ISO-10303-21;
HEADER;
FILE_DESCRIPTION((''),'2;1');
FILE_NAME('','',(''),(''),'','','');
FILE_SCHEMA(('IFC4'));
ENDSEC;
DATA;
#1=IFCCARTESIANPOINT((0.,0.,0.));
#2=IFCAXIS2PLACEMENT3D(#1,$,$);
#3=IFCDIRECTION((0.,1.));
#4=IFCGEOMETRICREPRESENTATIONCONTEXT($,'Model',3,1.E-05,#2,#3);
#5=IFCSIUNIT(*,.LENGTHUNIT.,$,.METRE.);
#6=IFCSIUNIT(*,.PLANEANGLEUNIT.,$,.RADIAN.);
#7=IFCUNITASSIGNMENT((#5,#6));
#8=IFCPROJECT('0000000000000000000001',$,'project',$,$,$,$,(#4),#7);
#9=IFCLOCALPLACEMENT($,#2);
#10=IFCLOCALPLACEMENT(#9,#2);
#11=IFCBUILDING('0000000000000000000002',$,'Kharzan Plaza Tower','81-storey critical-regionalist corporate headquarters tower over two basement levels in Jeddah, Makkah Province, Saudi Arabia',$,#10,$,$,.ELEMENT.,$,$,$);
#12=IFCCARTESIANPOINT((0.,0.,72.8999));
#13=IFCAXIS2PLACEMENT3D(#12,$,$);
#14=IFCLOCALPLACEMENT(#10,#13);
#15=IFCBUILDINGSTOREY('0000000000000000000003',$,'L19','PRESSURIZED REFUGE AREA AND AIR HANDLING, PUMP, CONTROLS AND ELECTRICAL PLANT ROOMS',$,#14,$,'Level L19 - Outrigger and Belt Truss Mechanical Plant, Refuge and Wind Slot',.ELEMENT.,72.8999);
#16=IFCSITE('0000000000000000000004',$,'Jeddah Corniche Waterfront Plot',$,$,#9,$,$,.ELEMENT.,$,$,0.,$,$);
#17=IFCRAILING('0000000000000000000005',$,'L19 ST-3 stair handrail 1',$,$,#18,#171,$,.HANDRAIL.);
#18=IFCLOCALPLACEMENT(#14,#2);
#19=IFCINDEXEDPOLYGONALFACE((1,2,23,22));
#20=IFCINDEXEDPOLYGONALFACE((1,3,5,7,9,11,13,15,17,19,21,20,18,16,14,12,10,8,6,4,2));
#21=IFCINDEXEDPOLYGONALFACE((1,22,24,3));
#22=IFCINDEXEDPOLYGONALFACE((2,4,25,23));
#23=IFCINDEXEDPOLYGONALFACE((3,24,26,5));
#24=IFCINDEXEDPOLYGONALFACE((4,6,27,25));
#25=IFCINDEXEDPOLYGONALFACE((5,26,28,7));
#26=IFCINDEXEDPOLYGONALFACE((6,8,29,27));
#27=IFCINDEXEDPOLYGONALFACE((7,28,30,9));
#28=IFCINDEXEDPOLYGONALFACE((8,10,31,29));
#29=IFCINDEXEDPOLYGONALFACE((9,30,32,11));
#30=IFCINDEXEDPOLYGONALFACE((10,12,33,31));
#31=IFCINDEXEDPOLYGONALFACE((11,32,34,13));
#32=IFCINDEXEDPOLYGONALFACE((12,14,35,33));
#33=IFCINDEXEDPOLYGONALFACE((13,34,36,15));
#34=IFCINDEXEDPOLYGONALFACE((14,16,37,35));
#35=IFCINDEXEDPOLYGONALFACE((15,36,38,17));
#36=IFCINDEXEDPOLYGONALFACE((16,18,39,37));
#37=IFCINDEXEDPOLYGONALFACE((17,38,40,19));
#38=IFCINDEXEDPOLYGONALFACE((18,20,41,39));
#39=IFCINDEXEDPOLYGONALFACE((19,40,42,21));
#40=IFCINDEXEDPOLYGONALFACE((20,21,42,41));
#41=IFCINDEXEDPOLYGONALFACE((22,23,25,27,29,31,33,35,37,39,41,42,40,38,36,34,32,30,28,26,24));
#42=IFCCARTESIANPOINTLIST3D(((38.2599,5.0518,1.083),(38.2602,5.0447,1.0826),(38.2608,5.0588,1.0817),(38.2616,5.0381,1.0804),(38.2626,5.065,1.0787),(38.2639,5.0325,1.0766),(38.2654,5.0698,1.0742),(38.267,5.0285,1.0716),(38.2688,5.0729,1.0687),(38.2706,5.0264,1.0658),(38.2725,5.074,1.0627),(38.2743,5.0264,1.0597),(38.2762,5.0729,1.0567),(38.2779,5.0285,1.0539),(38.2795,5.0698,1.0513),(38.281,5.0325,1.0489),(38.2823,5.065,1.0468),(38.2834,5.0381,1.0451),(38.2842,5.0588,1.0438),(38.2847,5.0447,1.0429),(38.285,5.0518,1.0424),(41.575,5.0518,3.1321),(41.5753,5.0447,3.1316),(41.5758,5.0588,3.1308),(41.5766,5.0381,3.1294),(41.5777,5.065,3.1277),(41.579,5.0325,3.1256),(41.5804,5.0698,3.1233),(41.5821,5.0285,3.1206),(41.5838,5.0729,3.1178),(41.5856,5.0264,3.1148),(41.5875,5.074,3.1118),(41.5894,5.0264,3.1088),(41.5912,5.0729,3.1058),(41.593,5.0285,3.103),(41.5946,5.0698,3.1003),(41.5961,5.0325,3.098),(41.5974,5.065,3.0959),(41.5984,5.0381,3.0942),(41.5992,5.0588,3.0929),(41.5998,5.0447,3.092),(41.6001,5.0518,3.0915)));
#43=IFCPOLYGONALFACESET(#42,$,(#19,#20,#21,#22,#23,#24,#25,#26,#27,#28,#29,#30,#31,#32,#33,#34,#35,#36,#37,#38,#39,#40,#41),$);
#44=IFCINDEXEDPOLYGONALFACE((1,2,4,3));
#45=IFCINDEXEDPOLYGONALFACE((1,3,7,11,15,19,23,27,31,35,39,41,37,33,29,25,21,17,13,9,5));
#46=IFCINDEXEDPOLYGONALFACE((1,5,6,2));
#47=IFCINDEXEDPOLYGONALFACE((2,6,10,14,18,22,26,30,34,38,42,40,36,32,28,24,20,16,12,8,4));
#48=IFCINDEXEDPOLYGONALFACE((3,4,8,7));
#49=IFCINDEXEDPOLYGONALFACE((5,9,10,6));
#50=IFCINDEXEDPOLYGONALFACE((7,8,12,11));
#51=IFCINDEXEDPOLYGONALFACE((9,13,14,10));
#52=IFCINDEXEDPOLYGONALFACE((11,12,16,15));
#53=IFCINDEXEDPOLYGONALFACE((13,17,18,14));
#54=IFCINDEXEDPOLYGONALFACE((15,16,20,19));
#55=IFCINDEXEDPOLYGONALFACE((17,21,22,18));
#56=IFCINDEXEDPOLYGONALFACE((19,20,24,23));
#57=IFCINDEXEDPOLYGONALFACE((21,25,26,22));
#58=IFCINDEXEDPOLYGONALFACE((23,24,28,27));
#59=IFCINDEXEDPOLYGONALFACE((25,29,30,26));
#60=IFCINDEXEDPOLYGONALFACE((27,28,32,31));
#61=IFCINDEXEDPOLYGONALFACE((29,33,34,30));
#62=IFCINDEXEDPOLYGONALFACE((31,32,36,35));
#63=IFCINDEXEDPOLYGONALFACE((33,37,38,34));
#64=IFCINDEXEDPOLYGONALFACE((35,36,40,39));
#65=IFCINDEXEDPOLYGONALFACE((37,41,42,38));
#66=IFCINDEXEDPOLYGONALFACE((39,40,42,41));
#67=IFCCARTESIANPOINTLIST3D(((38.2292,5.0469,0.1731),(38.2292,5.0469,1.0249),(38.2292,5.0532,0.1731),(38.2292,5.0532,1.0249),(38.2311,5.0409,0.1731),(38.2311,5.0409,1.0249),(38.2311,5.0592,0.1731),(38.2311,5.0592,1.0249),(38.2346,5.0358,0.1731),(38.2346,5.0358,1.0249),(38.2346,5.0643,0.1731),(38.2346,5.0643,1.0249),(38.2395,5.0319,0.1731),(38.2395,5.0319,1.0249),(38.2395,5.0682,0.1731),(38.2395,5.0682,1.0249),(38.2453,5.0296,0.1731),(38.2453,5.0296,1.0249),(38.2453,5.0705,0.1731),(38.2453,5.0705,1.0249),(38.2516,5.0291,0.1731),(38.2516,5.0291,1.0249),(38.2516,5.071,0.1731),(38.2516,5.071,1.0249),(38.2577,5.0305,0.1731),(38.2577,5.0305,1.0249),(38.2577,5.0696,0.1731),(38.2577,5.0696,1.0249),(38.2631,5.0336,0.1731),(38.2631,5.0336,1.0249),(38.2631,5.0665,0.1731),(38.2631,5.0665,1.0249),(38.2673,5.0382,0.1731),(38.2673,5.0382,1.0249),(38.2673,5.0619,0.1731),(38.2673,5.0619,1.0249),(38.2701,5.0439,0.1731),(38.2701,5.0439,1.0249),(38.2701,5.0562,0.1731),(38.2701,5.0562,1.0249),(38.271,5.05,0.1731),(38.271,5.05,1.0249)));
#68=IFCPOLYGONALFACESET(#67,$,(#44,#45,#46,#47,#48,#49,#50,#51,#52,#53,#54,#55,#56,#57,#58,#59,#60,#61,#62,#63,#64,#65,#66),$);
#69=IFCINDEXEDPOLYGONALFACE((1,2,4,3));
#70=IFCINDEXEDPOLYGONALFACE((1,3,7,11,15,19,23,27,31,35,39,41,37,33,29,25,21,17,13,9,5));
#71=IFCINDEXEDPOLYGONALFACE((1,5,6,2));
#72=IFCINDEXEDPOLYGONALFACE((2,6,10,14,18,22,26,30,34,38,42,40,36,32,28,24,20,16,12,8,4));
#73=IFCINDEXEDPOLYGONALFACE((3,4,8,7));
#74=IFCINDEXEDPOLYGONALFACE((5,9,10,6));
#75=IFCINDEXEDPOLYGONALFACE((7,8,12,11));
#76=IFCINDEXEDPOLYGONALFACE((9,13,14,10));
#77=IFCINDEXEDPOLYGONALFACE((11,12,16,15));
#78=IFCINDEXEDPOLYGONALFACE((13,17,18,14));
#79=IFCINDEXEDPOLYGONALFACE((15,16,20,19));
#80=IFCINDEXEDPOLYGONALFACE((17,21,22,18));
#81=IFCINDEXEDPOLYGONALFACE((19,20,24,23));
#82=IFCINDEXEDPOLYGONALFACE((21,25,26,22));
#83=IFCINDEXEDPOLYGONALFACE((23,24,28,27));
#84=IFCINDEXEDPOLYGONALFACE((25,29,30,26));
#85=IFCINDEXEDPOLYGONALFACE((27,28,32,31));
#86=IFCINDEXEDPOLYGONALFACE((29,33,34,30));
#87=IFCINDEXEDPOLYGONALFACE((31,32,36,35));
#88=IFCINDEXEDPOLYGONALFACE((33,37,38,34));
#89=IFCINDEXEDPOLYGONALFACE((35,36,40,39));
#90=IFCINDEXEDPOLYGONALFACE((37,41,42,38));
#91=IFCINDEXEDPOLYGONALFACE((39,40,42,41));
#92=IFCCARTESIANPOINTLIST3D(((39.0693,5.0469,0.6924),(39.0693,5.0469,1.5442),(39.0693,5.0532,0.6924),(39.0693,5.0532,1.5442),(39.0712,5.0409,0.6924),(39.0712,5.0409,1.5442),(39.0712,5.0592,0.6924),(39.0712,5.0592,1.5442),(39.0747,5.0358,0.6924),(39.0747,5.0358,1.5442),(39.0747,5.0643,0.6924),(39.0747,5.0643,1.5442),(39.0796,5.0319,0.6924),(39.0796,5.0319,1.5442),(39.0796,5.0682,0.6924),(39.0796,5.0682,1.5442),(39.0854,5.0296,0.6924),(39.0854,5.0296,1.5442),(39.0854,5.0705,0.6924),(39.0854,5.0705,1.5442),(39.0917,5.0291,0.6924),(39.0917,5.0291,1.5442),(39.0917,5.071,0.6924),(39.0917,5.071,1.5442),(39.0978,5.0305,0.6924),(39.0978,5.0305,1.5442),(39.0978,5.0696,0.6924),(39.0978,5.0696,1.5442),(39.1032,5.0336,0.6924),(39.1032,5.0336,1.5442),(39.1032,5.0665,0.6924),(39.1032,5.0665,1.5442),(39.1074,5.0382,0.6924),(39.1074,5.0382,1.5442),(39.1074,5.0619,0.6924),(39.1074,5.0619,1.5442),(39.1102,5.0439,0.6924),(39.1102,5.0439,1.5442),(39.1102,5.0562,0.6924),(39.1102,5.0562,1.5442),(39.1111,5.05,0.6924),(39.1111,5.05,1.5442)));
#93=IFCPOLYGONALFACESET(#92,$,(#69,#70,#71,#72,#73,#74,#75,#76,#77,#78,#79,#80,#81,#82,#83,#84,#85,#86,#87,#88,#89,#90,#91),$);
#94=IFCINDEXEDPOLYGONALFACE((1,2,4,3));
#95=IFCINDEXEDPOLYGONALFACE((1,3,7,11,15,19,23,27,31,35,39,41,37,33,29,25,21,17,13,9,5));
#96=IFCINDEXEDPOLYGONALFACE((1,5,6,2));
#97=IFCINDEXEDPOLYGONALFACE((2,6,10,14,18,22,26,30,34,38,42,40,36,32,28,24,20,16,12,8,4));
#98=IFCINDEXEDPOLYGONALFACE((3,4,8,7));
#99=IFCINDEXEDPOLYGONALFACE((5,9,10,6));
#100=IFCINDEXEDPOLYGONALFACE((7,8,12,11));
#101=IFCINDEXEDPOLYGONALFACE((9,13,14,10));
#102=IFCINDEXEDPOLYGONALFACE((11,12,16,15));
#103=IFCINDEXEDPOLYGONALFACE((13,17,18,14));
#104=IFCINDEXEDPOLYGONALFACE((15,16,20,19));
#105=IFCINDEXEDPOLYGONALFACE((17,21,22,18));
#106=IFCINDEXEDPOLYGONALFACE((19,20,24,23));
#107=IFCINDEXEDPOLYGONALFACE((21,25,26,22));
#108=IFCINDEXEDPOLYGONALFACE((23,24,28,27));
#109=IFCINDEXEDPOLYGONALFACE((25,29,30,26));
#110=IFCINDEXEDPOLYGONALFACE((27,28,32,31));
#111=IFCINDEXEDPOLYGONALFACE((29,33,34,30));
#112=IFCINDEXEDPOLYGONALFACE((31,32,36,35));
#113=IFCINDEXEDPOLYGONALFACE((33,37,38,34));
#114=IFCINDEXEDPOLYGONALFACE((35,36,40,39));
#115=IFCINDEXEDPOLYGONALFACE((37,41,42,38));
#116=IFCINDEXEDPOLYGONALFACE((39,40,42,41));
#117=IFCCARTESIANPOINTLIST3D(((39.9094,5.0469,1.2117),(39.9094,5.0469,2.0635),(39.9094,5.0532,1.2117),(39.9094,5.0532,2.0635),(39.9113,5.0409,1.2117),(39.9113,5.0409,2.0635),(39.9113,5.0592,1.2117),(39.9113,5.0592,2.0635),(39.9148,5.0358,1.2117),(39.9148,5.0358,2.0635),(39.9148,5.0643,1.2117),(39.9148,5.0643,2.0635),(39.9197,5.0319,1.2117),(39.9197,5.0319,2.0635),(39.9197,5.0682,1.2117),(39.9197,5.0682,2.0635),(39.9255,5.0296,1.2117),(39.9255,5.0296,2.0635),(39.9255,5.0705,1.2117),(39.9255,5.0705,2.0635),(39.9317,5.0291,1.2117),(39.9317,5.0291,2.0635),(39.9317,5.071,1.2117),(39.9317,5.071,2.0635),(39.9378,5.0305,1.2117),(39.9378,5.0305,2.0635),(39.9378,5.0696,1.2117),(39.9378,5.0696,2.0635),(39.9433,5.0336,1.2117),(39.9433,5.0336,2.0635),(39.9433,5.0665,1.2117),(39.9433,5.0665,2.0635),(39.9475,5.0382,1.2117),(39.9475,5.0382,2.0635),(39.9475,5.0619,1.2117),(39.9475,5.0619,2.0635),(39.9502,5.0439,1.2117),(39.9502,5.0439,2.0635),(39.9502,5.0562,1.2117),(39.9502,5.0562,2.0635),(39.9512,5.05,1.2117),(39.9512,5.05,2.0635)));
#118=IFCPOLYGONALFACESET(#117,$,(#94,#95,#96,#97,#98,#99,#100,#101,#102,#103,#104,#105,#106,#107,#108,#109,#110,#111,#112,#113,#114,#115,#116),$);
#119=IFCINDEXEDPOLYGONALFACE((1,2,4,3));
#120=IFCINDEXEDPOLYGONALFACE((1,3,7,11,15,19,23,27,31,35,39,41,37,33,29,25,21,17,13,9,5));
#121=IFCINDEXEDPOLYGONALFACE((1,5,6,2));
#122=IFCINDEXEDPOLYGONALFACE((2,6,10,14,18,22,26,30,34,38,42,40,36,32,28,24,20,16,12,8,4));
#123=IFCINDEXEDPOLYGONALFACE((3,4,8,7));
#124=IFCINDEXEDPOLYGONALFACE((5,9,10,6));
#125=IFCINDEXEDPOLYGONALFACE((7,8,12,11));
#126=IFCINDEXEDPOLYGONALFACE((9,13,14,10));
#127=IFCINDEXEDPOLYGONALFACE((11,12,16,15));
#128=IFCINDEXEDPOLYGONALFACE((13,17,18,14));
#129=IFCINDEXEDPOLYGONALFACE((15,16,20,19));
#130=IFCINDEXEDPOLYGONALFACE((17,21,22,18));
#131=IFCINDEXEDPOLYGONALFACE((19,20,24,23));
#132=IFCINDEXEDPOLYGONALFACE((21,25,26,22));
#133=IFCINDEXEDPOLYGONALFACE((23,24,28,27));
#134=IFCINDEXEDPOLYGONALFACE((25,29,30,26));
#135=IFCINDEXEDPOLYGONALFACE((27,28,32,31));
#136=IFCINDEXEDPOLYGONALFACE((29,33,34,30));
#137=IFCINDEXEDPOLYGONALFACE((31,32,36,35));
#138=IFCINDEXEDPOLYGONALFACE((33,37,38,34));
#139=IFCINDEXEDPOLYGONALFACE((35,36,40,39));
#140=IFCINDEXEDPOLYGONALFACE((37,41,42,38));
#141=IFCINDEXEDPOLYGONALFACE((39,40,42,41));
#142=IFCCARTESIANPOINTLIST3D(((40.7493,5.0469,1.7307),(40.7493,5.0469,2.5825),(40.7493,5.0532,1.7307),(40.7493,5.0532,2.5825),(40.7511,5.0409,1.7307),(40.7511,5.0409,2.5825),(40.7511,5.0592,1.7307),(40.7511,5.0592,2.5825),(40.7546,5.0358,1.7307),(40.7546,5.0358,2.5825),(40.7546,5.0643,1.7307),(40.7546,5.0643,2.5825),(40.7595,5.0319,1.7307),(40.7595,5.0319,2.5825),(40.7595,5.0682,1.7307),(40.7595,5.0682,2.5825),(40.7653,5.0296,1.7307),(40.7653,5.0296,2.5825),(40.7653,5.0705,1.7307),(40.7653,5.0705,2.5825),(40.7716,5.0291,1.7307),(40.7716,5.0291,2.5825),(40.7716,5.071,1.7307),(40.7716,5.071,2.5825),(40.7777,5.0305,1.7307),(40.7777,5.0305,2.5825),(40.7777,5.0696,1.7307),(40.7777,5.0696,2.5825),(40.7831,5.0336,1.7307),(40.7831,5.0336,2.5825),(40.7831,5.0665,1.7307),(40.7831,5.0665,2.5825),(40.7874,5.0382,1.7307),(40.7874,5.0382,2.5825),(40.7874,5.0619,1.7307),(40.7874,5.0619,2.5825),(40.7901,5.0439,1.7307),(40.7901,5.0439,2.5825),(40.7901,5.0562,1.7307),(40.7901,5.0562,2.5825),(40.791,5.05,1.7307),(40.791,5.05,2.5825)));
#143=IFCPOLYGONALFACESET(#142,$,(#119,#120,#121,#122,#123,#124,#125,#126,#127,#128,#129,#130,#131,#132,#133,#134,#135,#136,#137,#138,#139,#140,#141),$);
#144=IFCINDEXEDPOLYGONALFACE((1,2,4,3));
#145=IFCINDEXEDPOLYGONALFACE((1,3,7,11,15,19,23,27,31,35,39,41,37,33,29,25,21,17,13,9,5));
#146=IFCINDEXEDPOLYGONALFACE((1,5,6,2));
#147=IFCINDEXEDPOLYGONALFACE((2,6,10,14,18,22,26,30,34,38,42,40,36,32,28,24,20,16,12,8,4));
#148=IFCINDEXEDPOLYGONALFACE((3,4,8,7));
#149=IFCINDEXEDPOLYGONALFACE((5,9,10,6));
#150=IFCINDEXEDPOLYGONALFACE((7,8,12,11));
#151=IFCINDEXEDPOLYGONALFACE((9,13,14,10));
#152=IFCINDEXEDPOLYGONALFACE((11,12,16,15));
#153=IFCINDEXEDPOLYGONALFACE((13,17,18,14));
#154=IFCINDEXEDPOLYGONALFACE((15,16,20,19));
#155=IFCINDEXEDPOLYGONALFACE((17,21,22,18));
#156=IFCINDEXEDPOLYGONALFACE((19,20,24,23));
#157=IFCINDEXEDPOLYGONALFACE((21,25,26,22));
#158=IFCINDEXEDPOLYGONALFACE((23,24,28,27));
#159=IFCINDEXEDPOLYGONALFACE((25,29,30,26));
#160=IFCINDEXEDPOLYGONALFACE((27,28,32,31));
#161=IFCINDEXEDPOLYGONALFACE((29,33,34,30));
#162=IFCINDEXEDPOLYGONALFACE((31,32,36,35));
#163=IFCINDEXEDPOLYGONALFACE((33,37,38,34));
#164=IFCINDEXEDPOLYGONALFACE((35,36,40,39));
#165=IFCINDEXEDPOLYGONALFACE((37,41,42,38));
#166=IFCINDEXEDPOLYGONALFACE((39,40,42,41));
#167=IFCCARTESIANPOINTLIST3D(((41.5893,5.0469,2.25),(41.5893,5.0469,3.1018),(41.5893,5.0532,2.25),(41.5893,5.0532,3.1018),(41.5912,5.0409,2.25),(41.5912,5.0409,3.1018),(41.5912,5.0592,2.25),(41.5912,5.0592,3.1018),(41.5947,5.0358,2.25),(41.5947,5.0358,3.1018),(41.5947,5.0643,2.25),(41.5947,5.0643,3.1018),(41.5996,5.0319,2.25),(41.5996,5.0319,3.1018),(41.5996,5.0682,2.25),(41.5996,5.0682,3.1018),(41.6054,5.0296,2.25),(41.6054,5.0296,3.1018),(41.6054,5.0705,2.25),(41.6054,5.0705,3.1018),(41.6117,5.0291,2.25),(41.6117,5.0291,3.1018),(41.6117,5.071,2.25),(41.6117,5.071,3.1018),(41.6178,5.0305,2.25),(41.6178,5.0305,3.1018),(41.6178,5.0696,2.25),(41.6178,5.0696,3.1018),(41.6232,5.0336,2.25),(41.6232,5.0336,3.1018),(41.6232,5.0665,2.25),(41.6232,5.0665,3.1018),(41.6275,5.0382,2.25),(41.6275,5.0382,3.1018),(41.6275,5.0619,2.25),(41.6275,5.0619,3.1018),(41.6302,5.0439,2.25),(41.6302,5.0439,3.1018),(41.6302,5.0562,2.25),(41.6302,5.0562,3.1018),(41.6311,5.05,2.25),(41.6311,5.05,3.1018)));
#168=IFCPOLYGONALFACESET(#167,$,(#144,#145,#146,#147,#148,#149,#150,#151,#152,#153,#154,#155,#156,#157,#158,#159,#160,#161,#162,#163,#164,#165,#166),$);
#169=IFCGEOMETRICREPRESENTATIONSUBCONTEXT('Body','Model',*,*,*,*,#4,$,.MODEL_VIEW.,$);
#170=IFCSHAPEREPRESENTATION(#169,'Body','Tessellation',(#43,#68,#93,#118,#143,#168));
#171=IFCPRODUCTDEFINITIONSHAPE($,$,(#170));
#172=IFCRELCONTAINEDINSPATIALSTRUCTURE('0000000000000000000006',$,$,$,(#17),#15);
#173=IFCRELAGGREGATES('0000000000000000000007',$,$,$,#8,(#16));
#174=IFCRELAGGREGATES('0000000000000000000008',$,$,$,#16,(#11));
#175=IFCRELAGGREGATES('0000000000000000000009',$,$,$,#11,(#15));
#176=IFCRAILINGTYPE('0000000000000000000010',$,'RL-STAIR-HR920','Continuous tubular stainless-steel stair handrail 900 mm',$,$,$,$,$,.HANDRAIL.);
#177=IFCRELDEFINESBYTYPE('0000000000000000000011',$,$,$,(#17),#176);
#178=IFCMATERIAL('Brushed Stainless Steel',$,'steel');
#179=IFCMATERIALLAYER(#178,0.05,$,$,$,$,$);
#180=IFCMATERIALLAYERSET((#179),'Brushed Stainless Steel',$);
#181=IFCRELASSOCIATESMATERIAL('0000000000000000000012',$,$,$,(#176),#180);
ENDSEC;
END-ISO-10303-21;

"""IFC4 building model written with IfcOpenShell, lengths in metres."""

from ifc_helpers import new_model, si_unit, direction, frame, origin, origin_2d, place, context, subcontext, project, spatial, circle, extrude, source, transform, mapped, material, layer, layer_set, type_object, element, save


model = new_model("IFC4")

# Units and contexts
model_context = context("Model", 3, precision=1e-05, world=origin(), true_north=direction((0.0, 1.0)))
body_context = subcontext(model_context, "Body", "Model", "MODEL_VIEW")
ifc_project = project(units=[si_unit("LENGTHUNIT", "METRE"), si_unit("PLANEANGLEUNIT", "RADIAN")], contexts=[model_context])

# Site, building, storey
site_placement = place(None, origin())
site = spatial("IfcSite", under=ifc_project, at=site_placement, Name="Jeddah Corniche Waterfront Plot", CompositionType="ELEMENT", RefElevation=0.0)
building_placement = place(site_placement, origin())
building = spatial("IfcBuilding", under=site, at=building_placement, Name="Kharzan Plaza Tower", Description="81-storey critical-regionalist corporate headquarters tower over two basement levels in Jeddah, Makkah Province, Saudi Arabia", CompositionType="ELEMENT")
storey_placement = place(building_placement, frame((0.0, 0.0, 72.8999)))
storey = spatial("IfcBuildingStorey", under=building, at=storey_placement, Name="L19", Description="PRESSURIZED REFUGE AREA AND AIR HANDLING, PUMP, CONTROLS AND ELECTRICAL PLANT ROOMS", LongName="Level L19 - Outrigger and Belt Truss Mechanical Plant, Refuge and Wind Slot", CompositionType="ELEMENT", Elevation=72.8999)

# Shared definitions
ifc_material_1 = material(Name="Brushed Stainless Steel", Category="steel")

# Railing
ifc_layer_1 = layer(ifc_material_1, 0.05)
ifc_layer_set_1 = layer_set([ifc_layer_1], Name="Brushed Stainless Steel")
railing_type_1 = type_object("IfcRailingType", Name="RL-STAIR-HR920", Description="Continuous tubular stainless-steel stair handrail 900 mm", PredefinedType="HANDRAIL", material=ifc_layer_set_1)
shared_shape_1 = source(origin(), body_context, "Body", "SweptSolid", [
    extrude(circle(Radius=0.0239, at=origin_2d()), frame((0.0225, 0.0, 0.8896), z_axis=(0.850623, 0.0, 0.525776), x_axis=(0.0, 1.0, 0.0)), (0.0, 0.0, 1.0), 3.8972),
    extrude(circle(Radius=0.021, at=origin_2d()), origin(), (0.0, 0.0, 1.0), 0.8518),
    extrude(circle(Radius=0.021, at=origin_2d()), frame((0.8401, 0.0, 0.5193)), (0.0, 0.0, 1.0), 0.8518),
    extrude(circle(Radius=0.021, at=origin_2d()), frame((1.6802, 0.0, 1.0386)), (0.0, 0.0, 1.0), 0.8518),
    extrude(circle(Radius=0.021, at=origin_2d()), frame((2.52, 0.0, 1.5576)), (0.0, 0.0, 1.0), 0.8518),
    extrude(circle(Radius=0.021, at=origin_2d()), frame((3.3601, 0.0, 2.0769)), (0.0, 0.0, 1.0), 0.8518),
])
railing_1_placement = place(storey_placement, frame((38.25, 5.05, 0.1731)))
element("IfcRailing", 1, at=railing_1_placement, inside=storey, type_object=railing_type_1, Name="L19 ST-3 stair handrail 1", PredefinedType="HANDRAIL", context=body_context, shape_type="MappedRepresentation", body=[
    mapped(shared_shape_1, transform((0.0, 0.0, 0.0), x_axis=(1.0, 0.0, 0.0), y_axis=(0.0, 1.0, 0.0), z_axis=(0.0, 0.0, 1.0))),
])

save(model, "model.ifc")
